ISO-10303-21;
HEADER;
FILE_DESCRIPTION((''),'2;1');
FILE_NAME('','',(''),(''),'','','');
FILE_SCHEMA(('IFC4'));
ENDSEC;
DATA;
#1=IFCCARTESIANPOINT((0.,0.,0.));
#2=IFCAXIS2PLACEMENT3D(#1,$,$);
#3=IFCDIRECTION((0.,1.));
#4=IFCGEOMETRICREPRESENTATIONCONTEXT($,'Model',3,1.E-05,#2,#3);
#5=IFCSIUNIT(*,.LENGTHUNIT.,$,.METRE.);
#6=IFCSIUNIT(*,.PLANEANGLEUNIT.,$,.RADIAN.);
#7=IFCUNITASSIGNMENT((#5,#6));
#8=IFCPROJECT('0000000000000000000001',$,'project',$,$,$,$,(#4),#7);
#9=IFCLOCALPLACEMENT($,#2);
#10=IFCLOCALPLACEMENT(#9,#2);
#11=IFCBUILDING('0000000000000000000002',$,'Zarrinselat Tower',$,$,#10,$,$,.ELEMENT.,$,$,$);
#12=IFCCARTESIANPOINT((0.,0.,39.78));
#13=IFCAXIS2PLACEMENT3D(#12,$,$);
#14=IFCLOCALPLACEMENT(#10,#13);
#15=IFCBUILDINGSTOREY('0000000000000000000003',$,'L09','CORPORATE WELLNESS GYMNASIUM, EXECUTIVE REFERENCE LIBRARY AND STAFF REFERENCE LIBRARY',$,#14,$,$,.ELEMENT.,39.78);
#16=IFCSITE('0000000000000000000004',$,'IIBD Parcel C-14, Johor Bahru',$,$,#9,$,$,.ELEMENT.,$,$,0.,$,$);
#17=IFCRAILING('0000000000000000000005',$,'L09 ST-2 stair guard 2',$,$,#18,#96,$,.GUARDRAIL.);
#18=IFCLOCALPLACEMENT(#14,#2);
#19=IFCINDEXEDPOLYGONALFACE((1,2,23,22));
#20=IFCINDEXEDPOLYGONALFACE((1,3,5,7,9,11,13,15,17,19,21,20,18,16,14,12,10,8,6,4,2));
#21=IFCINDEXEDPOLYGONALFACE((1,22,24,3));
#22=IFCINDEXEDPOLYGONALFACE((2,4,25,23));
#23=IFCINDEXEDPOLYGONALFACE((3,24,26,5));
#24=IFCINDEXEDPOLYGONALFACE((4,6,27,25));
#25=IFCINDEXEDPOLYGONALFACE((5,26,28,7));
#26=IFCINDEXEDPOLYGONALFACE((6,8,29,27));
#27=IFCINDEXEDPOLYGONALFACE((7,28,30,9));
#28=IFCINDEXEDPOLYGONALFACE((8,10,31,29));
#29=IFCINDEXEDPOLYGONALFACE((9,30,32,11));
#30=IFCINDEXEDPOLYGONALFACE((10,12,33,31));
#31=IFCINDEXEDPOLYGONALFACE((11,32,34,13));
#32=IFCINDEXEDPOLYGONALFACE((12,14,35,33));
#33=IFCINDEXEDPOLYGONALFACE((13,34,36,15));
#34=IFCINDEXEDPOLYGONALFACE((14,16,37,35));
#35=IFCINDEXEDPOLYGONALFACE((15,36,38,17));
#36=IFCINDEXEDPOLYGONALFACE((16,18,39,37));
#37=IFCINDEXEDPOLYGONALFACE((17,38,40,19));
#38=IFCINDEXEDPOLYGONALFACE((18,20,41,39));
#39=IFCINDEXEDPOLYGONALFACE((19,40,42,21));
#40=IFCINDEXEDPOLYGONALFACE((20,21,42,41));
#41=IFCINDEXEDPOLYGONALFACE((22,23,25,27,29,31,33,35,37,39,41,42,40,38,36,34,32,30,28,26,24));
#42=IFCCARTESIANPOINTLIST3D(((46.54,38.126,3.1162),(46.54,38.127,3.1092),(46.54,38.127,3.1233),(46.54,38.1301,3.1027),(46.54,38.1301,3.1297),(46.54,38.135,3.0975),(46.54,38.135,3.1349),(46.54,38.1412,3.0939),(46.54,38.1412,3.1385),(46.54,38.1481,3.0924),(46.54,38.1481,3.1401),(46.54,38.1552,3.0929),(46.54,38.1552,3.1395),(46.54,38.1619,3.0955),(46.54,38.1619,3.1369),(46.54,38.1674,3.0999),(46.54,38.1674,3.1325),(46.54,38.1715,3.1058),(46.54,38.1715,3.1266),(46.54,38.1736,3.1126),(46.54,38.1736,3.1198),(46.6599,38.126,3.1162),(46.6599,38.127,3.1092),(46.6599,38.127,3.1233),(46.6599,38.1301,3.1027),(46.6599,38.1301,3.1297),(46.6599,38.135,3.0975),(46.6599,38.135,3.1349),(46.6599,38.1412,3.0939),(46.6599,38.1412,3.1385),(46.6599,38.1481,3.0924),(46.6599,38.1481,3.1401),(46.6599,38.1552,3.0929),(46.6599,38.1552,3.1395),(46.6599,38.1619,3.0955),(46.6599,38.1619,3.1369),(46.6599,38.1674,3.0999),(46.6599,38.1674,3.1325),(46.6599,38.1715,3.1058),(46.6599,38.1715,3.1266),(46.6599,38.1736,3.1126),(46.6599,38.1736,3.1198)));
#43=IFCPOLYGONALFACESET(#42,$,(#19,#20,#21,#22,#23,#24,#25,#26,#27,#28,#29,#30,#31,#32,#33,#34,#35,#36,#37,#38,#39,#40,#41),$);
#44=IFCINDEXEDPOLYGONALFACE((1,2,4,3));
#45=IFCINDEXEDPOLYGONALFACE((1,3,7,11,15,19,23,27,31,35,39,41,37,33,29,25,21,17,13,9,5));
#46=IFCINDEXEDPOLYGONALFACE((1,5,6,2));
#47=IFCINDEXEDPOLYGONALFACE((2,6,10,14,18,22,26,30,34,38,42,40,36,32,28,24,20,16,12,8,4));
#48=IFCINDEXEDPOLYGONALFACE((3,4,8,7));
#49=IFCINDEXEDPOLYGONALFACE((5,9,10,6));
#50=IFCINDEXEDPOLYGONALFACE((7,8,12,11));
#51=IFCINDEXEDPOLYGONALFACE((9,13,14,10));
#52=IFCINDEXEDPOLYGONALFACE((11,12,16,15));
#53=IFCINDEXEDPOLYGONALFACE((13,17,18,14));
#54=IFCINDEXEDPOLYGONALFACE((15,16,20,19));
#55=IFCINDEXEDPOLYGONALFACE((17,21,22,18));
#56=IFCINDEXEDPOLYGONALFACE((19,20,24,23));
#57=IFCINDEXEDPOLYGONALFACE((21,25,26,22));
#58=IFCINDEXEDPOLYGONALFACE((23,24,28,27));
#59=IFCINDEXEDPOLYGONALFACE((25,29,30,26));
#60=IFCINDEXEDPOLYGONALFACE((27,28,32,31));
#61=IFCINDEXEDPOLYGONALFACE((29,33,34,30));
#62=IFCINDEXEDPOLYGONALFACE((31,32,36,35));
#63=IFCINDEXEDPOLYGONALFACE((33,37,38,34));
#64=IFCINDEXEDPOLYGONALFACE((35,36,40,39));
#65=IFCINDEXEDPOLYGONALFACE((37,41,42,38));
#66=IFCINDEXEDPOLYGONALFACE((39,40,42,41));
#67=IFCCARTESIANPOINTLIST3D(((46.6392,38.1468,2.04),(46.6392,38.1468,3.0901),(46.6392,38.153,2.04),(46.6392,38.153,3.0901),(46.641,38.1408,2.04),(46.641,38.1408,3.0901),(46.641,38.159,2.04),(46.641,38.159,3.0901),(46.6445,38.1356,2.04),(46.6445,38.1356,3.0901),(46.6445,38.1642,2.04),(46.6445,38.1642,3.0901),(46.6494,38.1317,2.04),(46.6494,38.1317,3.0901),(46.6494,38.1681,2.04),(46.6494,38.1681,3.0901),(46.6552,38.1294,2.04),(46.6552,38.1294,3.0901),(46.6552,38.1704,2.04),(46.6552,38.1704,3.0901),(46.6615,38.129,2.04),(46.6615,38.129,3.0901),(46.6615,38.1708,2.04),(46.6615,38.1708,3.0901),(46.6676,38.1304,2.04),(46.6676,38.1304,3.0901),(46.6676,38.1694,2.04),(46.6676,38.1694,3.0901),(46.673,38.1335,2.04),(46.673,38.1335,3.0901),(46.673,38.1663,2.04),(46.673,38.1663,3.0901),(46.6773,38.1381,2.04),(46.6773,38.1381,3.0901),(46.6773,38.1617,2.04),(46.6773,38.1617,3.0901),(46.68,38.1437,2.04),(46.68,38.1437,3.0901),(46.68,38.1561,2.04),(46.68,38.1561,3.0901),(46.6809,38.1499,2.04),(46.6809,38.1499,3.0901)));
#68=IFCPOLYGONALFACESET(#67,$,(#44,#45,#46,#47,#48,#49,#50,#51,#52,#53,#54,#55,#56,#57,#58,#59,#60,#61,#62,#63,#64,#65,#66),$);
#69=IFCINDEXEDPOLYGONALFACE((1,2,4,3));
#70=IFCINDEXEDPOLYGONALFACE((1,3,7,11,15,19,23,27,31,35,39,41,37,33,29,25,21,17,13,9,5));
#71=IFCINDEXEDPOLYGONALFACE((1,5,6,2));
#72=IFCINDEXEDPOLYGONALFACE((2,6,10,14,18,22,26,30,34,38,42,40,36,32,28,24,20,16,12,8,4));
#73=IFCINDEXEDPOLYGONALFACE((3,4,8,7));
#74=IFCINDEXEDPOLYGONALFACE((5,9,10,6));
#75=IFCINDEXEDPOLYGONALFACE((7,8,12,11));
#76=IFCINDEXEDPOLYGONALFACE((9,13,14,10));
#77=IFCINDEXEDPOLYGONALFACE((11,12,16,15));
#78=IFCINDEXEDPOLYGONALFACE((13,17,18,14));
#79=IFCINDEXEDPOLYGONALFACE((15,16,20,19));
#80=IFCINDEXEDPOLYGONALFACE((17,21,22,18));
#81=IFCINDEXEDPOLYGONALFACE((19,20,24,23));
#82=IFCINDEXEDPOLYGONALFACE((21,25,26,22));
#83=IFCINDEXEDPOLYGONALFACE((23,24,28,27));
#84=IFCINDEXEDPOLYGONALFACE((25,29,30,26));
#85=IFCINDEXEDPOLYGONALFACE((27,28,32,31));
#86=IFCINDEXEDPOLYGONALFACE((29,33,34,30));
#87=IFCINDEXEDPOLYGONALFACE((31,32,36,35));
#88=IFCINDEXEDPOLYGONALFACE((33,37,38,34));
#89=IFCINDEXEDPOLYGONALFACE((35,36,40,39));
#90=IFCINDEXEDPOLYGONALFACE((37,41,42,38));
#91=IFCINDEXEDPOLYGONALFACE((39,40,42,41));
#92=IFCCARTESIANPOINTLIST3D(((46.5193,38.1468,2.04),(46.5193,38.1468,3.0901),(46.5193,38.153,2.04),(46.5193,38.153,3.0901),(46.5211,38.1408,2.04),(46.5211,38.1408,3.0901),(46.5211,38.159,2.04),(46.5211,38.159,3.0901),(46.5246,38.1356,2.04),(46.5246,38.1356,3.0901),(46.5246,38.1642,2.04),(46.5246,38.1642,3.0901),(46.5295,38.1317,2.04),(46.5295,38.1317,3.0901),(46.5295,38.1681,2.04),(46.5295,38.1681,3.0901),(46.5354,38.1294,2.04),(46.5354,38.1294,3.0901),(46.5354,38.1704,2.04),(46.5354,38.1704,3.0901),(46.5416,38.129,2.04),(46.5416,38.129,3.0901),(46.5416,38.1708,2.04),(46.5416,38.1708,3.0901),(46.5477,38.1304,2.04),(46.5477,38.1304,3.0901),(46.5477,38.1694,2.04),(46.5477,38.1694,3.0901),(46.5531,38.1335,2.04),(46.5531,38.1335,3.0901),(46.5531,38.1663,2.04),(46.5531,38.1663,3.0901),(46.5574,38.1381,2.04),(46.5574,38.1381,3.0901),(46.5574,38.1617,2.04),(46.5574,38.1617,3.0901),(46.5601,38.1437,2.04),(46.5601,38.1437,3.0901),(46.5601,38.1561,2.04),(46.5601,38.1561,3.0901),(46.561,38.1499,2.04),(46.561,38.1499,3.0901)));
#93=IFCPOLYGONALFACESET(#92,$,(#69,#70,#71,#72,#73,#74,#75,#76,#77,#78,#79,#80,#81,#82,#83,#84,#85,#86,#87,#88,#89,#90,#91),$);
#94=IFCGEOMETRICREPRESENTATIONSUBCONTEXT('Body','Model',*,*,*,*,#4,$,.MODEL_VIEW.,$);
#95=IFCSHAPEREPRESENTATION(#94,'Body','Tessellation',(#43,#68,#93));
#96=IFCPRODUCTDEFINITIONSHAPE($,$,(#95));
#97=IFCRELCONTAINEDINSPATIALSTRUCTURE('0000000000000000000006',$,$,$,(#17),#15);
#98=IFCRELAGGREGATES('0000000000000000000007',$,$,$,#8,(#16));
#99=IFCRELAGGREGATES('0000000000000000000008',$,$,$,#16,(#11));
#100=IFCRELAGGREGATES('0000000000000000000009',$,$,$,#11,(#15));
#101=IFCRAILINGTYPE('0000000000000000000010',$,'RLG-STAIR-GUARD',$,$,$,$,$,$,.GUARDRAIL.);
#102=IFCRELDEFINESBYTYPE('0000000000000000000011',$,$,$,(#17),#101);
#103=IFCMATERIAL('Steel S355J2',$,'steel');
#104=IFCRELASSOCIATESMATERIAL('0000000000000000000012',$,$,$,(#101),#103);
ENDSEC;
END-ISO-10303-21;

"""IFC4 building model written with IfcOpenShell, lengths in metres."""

from ifc_helpers import new_model, si_unit, direction, frame, origin, origin_2d, place, context, subcontext, project, spatial, circle, extrude, material, type_object, element, save


model = new_model("IFC4")

# Units and contexts
model_context = context("Model", 3, precision=1e-05, world=origin(), true_north=direction((0.0, 1.0)))
body_context = subcontext(model_context, "Body", "Model", "MODEL_VIEW")
ifc_project = project(units=[si_unit("LENGTHUNIT", "METRE"), si_unit("PLANEANGLEUNIT", "RADIAN")], contexts=[model_context])

# Site, building, storey
site_placement = place(None, origin())
site = spatial("IfcSite", under=ifc_project, at=site_placement, Name="IIBD Parcel C-14, Johor Bahru", CompositionType="ELEMENT", RefElevation=0.0)
building_placement = place(site_placement, origin())
building = spatial("IfcBuilding", under=site, at=building_placement, Name="Zarrinselat Tower", CompositionType="ELEMENT")
storey_placement = place(building_placement, frame((0.0, 0.0, 39.78)))
storey = spatial("IfcBuildingStorey", under=building, at=storey_placement, Name="L09", Description="CORPORATE WELLNESS GYMNASIUM, EXECUTIVE REFERENCE LIBRARY AND STAFF REFERENCE LIBRARY", CompositionType="ELEMENT", Elevation=39.78)

# Railing
ifc_material_1 = material(Name="Steel S355J2", Category="steel")
railing_type_1 = type_object("IfcRailingType", Name="RLG-STAIR-GUARD", PredefinedType="GUARDRAIL", material=ifc_material_1)
railing_1_placement = place(storey_placement, frame((46.6599, 38.1499, 2.04)))
element("IfcRailing", 1, at=railing_1_placement, inside=storey, type_object=railing_type_1, Name="L09 ST-2 stair guard 2", PredefinedType="GUARDRAIL", context=body_context, shape_type="SweptSolid", body=[
    extrude(circle(Radius=0.0239, at=origin_2d()), frame((0.0, 0.0, 1.0762), z_axis=(-1.0, 0.0, 0.0), x_axis=(0.0, -1.0, 0.0)), (0.0, 0.0, 1.0), 0.1199),
    extrude(circle(Radius=0.021, at=origin_2d()), origin(), (0.0, 0.0, 1.0), 1.05),
    extrude(circle(Radius=0.021, at=origin_2d()), frame((-0.1199, 0.0, 0.0)), (0.0, 0.0, 1.0), 1.05),
])

save(model, "model.ifc")
